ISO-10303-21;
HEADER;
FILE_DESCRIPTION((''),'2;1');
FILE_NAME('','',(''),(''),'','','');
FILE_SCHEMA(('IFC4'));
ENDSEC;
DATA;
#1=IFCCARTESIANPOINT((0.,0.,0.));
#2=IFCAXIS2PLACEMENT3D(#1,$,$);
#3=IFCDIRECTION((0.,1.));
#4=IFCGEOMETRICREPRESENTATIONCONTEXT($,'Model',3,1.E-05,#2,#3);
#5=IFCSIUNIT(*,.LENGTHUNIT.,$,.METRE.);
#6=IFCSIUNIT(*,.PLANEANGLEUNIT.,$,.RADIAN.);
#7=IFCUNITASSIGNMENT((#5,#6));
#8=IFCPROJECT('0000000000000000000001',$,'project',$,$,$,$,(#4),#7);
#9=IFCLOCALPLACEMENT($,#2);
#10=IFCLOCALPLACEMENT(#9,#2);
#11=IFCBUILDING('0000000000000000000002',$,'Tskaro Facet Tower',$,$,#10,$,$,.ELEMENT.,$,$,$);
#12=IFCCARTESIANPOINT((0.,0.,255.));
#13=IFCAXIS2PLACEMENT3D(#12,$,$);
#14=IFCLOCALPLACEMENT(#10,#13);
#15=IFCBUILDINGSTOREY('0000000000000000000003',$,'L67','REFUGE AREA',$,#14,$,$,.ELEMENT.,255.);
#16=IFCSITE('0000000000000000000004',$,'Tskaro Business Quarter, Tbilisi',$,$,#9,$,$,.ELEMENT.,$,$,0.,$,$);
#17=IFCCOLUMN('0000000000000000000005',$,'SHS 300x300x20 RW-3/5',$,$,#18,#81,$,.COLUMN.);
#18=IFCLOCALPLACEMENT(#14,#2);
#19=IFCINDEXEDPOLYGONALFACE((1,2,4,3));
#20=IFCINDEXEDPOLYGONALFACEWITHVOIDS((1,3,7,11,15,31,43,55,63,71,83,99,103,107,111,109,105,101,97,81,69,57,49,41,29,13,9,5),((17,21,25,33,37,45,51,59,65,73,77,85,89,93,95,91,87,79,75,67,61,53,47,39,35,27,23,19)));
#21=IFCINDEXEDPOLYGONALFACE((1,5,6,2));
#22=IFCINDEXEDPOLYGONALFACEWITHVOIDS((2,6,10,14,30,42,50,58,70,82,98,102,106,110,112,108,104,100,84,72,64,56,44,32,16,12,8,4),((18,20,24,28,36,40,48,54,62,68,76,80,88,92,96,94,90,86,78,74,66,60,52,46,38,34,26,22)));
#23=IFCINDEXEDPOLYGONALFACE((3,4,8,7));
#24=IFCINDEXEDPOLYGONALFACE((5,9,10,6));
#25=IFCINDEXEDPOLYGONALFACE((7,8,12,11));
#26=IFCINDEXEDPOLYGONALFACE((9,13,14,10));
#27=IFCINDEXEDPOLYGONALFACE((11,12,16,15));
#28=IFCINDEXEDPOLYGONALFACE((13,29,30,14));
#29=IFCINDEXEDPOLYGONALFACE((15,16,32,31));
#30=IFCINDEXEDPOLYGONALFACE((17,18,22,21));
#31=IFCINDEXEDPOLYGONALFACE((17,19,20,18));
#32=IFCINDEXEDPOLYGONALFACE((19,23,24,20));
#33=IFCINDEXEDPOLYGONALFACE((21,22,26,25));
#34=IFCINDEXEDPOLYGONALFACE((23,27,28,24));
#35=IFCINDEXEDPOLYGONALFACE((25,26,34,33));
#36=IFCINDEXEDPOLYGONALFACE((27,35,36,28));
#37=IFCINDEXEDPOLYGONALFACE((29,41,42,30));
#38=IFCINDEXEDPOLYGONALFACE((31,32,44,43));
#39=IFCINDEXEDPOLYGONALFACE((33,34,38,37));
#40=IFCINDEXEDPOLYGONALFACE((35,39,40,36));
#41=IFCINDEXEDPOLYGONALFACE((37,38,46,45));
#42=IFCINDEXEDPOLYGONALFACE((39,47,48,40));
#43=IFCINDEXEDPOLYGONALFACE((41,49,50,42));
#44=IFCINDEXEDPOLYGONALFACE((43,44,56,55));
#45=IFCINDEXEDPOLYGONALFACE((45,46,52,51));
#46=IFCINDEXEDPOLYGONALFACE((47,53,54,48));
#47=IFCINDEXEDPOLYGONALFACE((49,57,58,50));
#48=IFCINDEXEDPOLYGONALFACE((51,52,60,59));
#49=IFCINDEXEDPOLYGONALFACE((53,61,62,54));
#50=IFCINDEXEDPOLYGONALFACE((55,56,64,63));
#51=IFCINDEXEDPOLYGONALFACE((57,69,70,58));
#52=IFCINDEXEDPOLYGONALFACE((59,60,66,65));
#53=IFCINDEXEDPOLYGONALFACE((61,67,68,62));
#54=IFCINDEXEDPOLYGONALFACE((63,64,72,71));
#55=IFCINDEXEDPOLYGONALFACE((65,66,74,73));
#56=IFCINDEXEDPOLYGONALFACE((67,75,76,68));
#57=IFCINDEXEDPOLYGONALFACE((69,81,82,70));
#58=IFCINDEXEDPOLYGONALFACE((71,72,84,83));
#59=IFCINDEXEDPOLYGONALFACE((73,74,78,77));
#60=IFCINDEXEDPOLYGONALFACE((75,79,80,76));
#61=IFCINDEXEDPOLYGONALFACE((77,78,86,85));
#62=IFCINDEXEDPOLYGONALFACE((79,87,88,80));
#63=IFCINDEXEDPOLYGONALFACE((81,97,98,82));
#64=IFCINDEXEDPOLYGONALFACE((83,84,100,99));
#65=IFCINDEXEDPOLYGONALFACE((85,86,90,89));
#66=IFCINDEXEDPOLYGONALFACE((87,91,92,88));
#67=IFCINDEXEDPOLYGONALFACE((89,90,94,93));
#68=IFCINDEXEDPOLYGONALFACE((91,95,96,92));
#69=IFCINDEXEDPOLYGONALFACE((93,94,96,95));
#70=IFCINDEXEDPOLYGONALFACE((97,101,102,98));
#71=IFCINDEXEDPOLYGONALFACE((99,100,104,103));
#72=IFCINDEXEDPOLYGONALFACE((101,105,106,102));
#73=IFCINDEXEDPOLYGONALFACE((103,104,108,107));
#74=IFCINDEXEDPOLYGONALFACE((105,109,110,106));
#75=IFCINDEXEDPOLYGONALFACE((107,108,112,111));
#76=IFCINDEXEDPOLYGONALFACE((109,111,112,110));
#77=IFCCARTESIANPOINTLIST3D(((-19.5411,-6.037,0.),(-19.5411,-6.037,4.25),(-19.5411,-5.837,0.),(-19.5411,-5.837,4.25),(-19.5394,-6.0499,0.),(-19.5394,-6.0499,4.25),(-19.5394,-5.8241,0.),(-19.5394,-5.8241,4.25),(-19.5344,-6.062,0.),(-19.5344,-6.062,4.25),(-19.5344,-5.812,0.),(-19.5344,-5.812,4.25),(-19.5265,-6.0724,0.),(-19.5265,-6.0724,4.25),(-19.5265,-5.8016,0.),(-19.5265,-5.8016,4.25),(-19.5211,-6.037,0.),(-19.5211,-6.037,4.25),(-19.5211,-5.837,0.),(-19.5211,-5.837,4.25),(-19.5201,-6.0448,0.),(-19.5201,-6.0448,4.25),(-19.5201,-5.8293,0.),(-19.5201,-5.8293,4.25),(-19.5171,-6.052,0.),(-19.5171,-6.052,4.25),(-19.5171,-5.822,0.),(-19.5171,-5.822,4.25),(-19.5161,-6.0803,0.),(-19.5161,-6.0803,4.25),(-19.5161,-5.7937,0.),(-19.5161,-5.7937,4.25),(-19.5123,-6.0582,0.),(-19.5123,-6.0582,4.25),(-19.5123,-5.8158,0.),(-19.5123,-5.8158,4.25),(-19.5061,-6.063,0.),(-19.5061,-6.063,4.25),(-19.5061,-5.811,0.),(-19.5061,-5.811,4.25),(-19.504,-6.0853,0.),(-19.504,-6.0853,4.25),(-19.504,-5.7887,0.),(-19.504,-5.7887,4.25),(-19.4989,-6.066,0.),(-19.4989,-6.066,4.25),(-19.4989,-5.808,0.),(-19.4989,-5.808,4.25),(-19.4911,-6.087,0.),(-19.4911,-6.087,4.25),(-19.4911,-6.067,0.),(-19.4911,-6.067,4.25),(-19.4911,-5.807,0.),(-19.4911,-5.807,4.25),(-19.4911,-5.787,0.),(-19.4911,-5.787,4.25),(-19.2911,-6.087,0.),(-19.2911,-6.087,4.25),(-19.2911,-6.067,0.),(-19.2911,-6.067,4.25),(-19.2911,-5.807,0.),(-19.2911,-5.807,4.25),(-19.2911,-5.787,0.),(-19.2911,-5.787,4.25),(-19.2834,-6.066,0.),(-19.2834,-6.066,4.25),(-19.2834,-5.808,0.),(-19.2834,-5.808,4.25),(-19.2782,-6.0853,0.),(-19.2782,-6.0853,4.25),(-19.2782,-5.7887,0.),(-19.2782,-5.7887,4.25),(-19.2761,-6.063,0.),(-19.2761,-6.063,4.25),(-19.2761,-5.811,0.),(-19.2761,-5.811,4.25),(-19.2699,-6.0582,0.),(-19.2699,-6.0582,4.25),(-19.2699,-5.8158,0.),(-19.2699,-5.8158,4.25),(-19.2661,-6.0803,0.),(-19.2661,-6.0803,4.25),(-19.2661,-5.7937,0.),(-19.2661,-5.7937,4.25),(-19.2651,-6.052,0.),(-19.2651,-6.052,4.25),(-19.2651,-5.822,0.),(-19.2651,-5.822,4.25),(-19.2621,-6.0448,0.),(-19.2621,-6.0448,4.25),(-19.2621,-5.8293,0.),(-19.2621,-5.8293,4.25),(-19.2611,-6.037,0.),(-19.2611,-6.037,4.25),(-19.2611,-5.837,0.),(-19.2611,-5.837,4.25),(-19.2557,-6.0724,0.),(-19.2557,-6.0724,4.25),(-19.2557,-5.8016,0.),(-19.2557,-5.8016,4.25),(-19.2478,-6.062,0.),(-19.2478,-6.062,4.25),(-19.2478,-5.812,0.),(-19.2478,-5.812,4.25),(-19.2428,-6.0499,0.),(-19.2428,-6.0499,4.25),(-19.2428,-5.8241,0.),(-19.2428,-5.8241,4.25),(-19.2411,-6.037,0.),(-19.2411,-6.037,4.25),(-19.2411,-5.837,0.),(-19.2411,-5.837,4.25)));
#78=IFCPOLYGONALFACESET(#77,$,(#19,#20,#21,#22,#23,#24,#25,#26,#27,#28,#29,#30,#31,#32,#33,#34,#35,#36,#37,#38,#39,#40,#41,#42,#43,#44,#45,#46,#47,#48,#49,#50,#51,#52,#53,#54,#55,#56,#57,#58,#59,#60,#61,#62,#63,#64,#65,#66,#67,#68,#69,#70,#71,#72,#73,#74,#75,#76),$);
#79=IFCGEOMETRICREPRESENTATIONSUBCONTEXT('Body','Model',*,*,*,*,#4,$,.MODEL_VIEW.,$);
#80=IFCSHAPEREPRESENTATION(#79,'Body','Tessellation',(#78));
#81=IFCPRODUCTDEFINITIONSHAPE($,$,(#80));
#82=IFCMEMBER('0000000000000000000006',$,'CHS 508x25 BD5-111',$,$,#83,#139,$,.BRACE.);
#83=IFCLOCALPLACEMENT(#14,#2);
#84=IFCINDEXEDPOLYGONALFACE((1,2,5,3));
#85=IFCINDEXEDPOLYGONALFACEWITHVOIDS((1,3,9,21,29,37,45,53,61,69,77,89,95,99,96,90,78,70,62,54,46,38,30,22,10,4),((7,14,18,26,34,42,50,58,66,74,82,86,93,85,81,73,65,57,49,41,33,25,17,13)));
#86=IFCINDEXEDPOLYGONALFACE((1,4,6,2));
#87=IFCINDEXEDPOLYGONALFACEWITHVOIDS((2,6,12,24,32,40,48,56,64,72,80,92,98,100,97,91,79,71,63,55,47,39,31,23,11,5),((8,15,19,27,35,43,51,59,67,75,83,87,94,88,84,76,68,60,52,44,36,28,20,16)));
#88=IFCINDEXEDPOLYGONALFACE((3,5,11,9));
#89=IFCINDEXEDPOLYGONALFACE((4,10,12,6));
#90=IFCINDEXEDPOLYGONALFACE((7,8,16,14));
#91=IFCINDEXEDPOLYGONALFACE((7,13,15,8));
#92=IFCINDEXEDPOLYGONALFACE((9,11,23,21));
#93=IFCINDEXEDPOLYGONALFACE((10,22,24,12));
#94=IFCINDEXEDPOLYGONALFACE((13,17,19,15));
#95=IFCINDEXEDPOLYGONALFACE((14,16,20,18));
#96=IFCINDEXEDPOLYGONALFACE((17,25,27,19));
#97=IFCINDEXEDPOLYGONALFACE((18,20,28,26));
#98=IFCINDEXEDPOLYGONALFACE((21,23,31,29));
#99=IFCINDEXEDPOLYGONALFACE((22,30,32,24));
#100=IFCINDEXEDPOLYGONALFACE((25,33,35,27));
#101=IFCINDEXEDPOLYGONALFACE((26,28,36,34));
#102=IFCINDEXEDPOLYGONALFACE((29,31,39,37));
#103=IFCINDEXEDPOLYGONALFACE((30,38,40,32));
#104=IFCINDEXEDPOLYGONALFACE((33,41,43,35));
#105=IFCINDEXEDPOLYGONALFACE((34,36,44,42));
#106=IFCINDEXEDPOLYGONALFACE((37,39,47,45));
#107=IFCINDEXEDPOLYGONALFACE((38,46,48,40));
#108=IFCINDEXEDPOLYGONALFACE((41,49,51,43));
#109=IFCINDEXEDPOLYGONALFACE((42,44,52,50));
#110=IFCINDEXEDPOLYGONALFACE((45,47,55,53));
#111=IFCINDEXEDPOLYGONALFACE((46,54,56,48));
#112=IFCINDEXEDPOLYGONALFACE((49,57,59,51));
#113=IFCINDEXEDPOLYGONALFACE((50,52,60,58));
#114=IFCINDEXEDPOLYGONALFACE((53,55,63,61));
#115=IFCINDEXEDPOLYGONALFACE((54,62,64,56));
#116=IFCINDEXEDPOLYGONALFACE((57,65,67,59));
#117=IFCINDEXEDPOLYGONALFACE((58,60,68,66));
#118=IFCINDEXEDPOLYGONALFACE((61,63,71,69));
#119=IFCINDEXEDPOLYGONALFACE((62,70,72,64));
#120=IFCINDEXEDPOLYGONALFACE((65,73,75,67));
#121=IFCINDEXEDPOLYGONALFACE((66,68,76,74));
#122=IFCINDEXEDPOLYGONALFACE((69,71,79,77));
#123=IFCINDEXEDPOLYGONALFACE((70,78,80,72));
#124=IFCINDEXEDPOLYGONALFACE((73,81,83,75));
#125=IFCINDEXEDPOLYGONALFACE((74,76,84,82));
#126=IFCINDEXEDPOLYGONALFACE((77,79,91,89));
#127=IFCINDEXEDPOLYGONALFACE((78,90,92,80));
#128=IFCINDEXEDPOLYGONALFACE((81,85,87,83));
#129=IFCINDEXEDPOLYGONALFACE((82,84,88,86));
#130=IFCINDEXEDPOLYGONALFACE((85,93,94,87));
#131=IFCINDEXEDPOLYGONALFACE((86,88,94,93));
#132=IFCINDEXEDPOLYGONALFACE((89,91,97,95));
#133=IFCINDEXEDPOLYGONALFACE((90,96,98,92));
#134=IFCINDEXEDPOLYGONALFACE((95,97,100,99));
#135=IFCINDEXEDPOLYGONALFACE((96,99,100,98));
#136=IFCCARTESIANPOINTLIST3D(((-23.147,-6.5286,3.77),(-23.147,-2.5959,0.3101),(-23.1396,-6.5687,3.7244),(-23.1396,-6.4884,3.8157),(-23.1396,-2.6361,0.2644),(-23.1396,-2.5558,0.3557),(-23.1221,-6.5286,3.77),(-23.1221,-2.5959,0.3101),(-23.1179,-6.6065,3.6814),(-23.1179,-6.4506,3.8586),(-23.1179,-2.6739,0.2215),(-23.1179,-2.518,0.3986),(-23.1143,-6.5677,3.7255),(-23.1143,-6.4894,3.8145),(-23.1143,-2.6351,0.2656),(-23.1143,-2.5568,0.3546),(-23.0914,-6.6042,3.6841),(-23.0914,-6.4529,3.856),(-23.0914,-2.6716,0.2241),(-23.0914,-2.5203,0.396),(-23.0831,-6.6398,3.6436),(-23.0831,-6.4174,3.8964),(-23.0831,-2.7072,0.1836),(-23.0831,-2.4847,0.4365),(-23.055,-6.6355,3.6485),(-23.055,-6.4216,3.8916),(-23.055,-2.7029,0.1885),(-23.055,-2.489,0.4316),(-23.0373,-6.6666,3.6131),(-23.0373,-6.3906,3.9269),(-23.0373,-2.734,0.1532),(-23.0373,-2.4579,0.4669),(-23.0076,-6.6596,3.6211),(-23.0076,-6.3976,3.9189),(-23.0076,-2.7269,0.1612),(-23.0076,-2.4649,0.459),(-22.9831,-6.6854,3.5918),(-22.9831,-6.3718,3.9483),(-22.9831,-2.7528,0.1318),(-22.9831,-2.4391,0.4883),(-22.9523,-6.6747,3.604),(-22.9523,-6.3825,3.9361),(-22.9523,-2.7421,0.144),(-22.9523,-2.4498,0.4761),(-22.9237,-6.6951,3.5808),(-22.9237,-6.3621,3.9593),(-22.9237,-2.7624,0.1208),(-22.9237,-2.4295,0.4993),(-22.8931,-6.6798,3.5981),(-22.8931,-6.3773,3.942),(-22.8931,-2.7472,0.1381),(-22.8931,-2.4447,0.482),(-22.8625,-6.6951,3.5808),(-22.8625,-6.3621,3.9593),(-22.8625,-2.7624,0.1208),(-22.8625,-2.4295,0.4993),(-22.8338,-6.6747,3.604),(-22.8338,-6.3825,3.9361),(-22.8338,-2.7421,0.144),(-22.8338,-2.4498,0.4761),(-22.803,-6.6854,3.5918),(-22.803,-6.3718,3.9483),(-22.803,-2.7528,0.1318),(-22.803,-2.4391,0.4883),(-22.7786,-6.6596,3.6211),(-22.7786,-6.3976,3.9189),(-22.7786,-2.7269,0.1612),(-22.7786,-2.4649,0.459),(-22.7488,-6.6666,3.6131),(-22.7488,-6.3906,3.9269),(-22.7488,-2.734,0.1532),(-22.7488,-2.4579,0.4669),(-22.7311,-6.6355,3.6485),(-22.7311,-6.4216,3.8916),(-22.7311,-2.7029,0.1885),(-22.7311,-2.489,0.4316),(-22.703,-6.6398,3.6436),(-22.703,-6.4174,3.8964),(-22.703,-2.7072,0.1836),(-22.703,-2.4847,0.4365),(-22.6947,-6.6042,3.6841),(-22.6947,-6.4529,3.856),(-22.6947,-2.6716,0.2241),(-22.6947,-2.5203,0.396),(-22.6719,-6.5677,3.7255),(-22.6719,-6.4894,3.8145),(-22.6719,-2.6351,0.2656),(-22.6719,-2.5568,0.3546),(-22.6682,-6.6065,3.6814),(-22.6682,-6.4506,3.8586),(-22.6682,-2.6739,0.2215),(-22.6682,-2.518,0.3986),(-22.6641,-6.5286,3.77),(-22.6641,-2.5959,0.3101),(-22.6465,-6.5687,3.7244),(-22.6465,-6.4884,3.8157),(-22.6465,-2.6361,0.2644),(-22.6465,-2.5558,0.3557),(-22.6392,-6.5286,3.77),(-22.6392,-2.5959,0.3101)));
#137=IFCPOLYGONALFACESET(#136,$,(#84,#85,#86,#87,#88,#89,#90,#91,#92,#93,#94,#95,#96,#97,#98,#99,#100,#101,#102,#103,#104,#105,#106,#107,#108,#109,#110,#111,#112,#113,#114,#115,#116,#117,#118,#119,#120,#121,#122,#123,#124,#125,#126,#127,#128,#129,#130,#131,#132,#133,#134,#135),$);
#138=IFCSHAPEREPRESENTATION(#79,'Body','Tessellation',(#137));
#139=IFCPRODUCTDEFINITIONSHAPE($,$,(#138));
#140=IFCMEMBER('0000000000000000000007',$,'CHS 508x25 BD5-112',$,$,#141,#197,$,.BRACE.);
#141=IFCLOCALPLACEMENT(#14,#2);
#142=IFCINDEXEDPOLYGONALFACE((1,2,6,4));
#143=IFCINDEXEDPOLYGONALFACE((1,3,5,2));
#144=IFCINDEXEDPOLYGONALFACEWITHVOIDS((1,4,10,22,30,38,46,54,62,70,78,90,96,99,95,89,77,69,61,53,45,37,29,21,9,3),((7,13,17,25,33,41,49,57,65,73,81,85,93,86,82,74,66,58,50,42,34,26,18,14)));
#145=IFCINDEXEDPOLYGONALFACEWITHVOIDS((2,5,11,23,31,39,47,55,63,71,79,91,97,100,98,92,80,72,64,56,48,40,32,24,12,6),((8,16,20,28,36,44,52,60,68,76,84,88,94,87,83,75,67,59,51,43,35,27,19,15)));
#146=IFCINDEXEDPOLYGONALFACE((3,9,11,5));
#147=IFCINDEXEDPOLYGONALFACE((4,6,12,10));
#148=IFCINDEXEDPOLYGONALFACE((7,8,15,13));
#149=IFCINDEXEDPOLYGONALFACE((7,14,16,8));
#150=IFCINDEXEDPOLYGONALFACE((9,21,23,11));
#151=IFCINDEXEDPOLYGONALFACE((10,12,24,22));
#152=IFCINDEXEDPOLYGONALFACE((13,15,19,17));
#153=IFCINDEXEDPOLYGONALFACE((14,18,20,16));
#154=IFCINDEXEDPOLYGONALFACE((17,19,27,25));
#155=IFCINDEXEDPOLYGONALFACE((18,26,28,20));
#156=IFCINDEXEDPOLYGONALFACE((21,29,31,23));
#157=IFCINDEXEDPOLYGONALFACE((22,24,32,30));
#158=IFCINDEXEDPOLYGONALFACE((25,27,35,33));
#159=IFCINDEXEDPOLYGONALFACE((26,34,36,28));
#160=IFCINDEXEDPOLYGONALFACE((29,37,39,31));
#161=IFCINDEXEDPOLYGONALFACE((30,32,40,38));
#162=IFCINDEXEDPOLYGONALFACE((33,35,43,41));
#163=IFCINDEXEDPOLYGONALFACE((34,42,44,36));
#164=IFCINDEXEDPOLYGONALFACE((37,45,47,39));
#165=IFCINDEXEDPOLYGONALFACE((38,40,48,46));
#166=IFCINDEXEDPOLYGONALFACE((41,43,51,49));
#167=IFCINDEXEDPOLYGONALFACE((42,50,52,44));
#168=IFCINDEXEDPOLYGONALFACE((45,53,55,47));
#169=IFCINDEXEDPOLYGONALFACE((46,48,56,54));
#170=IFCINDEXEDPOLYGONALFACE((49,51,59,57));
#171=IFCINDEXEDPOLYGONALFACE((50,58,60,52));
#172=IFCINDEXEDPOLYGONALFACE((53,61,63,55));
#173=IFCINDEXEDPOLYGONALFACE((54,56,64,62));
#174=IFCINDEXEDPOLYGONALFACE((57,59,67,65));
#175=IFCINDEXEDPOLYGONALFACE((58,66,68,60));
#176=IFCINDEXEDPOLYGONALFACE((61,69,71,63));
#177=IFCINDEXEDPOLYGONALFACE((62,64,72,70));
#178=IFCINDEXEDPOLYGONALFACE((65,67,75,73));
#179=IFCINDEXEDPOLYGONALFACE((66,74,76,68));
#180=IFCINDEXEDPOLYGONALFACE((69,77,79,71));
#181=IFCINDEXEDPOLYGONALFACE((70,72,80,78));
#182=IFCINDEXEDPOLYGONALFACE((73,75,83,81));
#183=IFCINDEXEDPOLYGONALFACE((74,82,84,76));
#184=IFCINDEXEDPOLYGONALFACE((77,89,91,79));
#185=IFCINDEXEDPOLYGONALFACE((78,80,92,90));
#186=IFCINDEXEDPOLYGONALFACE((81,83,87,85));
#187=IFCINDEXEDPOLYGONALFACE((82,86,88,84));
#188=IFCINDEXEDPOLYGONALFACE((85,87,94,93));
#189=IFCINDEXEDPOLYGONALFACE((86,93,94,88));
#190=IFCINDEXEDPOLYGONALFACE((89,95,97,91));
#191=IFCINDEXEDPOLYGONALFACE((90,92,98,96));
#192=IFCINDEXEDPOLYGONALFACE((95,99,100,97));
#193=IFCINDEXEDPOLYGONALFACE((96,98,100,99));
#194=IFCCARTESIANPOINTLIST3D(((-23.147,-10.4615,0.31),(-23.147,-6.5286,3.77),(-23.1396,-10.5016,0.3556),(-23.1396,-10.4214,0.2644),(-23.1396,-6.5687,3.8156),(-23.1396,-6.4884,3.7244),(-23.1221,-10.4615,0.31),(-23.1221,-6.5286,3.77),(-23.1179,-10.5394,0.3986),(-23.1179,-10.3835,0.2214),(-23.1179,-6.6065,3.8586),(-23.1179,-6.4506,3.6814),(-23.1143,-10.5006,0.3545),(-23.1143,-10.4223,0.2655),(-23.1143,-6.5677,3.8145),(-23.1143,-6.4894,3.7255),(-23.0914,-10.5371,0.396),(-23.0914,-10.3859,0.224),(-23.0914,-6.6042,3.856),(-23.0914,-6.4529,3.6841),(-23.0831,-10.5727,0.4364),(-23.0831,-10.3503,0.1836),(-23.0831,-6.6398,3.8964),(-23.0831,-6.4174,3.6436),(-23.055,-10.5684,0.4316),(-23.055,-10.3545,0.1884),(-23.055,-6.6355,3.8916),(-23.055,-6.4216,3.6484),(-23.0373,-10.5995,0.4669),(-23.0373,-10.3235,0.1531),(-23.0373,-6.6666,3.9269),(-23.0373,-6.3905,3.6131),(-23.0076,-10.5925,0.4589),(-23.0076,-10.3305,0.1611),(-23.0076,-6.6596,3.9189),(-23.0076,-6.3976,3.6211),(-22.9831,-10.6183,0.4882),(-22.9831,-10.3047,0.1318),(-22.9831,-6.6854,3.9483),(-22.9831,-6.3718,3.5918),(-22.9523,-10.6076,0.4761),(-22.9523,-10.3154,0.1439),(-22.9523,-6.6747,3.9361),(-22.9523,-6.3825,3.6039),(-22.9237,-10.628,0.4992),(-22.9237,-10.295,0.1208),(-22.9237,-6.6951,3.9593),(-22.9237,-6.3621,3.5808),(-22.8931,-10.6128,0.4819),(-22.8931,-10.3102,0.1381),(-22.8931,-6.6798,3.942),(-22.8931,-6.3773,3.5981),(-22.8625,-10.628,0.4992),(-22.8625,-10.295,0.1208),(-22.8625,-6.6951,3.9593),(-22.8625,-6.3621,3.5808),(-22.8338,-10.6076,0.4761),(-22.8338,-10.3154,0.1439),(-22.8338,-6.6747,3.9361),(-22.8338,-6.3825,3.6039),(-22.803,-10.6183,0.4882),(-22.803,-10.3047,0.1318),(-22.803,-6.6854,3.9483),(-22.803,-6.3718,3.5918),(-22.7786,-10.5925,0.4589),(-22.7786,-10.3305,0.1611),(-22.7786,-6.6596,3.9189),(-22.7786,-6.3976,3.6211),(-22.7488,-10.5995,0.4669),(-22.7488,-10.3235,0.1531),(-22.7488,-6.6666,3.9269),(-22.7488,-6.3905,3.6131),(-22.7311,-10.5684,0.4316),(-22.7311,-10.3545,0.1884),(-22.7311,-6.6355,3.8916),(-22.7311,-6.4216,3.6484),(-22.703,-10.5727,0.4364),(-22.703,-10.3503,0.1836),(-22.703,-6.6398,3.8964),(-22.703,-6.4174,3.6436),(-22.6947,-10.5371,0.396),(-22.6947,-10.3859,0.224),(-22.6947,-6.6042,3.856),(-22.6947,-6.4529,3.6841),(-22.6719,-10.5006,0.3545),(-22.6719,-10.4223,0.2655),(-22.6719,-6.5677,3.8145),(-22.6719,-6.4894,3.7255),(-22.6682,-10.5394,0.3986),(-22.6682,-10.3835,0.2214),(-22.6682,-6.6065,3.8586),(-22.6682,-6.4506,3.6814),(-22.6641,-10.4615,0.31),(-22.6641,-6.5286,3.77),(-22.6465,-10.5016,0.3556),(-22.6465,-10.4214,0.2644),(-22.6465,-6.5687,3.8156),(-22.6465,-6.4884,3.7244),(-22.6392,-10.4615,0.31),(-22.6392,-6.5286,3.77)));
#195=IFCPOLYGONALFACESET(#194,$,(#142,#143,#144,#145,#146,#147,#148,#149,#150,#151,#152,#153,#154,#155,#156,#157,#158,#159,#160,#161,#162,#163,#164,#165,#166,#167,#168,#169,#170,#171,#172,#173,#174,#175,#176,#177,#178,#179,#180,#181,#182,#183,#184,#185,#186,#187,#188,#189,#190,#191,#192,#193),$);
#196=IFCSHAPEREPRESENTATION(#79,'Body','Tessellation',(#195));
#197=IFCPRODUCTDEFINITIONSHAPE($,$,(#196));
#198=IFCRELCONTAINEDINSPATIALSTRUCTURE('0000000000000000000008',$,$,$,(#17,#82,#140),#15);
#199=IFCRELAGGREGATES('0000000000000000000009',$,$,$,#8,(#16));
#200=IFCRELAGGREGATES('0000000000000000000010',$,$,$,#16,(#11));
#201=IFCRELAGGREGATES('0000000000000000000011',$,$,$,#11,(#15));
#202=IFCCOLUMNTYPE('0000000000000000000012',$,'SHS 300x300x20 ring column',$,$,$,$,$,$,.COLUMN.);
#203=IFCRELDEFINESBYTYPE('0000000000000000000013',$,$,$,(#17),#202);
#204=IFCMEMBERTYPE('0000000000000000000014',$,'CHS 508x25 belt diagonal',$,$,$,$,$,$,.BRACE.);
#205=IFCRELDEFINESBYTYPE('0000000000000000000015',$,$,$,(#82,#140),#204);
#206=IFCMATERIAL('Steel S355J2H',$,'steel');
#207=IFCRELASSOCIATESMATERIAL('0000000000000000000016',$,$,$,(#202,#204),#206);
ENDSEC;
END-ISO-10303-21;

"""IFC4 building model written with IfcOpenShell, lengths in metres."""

from ifc_helpers import new_model, si_unit, direction, frame, origin, origin_2d, place, context, subcontext, project, spatial, hollow_rectangle, hollow_circle, extrude, material, material_profile, profile_set, type_object, element, save


model = new_model("IFC4")

# Units and contexts
model_context = context("Model", 3, precision=1e-05, world=origin(), true_north=direction((0.0, 1.0)))
body_context = subcontext(model_context, "Body", "Model", "MODEL_VIEW")
ifc_project = project(units=[si_unit("LENGTHUNIT", "METRE"), si_unit("PLANEANGLEUNIT", "RADIAN")], contexts=[model_context])

# Site, building, storey
site_placement = place(None, origin())
site = spatial("IfcSite", under=ifc_project, at=site_placement, Name="Tskaro Business Quarter, Tbilisi", CompositionType="ELEMENT", RefElevation=0.0)
building_placement = place(site_placement, origin())
building = spatial("IfcBuilding", under=site, at=building_placement, Name="Tskaro Facet Tower", CompositionType="ELEMENT")
storey_placement = place(building_placement, frame((0.0, 0.0, 255.0)))
storey = spatial("IfcBuildingStorey", under=building, at=storey_placement, Name="L67", Description="REFUGE AREA", CompositionType="ELEMENT", Elevation=255.0)

# Column
ifc_material_1 = material(Name="Steel S355J2H", Category="steel")
ifc_material_profile_1 = material_profile(ifc_material_1, hollow_rectangle(XDim=0.3, YDim=0.3, WallThickness=0.02, InnerFilletRadius=0.03, OuterFilletRadius=0.05, at=origin_2d()), Name="SHS 300x300x20")
ifc_profile_set_1 = profile_set([ifc_material_profile_1], Name="Steel S355J2H")
column_type = type_object("IfcColumnType", Name="SHS 300x300x20 ring column", PredefinedType="COLUMN", material=ifc_profile_set_1)
column_placement = place(storey_placement, frame((-19.3911, -5.937, 0.0), z_axis=(0.0, 0.0, 1.0), x_axis=(1.0, 0.0, 0.0)))
element("IfcColumn", 1, at=column_placement, inside=storey, type_object=column_type, Name="SHS 300x300x20 RW-3/5", PredefinedType="COLUMN", context=body_context, shape_type="SweptSolid", body=[
    extrude(hollow_rectangle(XDim=0.3, YDim=0.3, WallThickness=0.02, InnerFilletRadius=0.03, OuterFilletRadius=0.05, at=origin_2d()), origin(), (0.0, 0.0, 1.0), 4.25),
])

# Members
ifc_material_profile_2 = material_profile(ifc_material_1, hollow_circle(Radius=0.2539, WallThickness=0.0249, at=origin_2d()), Name="CHS 508x25")
ifc_profile_set_2 = profile_set([ifc_material_profile_2], Name="Steel S355J2H")
member_type_1 = type_object("IfcMemberType", Name="CHS 508x25 belt diagonal", PredefinedType="BRACE", material=ifc_profile_set_2)
member_1_placement = place(storey_placement, frame((-22.8931, -2.5959, 0.3101), z_axis=(0.0, -0.750784, 0.660548), x_axis=(1.0, 0.0, 0.0)))
element("IfcMember", 2, at=member_1_placement, inside=storey, type_object=member_type_1, Name="CHS 508x25 BD5-111", PredefinedType="BRACE", context=body_context, shape_type="SweptSolid", body=[
    extrude(hollow_circle(Radius=0.2539, WallThickness=0.0249, at=origin_2d()), origin(), (0.0, 0.0, 1.0), 5.238),
])
member_2_placement = place(storey_placement, frame((-22.8931, -6.5286, 3.77), z_axis=(0.0, -0.750804, -0.660525), x_axis=(1.0, 0.0, 0.0)))
element("IfcMember", 3, at=member_2_placement, inside=storey, type_object=member_type_1, Name="CHS 508x25 BD5-112", PredefinedType="BRACE", context=body_context, shape_type="SweptSolid", body=[
    extrude(hollow_circle(Radius=0.2539, WallThickness=0.0249, at=origin_2d()), origin(), (0.0, 0.0, 1.0), 5.2383),
])

save(model, "model.ifc")
